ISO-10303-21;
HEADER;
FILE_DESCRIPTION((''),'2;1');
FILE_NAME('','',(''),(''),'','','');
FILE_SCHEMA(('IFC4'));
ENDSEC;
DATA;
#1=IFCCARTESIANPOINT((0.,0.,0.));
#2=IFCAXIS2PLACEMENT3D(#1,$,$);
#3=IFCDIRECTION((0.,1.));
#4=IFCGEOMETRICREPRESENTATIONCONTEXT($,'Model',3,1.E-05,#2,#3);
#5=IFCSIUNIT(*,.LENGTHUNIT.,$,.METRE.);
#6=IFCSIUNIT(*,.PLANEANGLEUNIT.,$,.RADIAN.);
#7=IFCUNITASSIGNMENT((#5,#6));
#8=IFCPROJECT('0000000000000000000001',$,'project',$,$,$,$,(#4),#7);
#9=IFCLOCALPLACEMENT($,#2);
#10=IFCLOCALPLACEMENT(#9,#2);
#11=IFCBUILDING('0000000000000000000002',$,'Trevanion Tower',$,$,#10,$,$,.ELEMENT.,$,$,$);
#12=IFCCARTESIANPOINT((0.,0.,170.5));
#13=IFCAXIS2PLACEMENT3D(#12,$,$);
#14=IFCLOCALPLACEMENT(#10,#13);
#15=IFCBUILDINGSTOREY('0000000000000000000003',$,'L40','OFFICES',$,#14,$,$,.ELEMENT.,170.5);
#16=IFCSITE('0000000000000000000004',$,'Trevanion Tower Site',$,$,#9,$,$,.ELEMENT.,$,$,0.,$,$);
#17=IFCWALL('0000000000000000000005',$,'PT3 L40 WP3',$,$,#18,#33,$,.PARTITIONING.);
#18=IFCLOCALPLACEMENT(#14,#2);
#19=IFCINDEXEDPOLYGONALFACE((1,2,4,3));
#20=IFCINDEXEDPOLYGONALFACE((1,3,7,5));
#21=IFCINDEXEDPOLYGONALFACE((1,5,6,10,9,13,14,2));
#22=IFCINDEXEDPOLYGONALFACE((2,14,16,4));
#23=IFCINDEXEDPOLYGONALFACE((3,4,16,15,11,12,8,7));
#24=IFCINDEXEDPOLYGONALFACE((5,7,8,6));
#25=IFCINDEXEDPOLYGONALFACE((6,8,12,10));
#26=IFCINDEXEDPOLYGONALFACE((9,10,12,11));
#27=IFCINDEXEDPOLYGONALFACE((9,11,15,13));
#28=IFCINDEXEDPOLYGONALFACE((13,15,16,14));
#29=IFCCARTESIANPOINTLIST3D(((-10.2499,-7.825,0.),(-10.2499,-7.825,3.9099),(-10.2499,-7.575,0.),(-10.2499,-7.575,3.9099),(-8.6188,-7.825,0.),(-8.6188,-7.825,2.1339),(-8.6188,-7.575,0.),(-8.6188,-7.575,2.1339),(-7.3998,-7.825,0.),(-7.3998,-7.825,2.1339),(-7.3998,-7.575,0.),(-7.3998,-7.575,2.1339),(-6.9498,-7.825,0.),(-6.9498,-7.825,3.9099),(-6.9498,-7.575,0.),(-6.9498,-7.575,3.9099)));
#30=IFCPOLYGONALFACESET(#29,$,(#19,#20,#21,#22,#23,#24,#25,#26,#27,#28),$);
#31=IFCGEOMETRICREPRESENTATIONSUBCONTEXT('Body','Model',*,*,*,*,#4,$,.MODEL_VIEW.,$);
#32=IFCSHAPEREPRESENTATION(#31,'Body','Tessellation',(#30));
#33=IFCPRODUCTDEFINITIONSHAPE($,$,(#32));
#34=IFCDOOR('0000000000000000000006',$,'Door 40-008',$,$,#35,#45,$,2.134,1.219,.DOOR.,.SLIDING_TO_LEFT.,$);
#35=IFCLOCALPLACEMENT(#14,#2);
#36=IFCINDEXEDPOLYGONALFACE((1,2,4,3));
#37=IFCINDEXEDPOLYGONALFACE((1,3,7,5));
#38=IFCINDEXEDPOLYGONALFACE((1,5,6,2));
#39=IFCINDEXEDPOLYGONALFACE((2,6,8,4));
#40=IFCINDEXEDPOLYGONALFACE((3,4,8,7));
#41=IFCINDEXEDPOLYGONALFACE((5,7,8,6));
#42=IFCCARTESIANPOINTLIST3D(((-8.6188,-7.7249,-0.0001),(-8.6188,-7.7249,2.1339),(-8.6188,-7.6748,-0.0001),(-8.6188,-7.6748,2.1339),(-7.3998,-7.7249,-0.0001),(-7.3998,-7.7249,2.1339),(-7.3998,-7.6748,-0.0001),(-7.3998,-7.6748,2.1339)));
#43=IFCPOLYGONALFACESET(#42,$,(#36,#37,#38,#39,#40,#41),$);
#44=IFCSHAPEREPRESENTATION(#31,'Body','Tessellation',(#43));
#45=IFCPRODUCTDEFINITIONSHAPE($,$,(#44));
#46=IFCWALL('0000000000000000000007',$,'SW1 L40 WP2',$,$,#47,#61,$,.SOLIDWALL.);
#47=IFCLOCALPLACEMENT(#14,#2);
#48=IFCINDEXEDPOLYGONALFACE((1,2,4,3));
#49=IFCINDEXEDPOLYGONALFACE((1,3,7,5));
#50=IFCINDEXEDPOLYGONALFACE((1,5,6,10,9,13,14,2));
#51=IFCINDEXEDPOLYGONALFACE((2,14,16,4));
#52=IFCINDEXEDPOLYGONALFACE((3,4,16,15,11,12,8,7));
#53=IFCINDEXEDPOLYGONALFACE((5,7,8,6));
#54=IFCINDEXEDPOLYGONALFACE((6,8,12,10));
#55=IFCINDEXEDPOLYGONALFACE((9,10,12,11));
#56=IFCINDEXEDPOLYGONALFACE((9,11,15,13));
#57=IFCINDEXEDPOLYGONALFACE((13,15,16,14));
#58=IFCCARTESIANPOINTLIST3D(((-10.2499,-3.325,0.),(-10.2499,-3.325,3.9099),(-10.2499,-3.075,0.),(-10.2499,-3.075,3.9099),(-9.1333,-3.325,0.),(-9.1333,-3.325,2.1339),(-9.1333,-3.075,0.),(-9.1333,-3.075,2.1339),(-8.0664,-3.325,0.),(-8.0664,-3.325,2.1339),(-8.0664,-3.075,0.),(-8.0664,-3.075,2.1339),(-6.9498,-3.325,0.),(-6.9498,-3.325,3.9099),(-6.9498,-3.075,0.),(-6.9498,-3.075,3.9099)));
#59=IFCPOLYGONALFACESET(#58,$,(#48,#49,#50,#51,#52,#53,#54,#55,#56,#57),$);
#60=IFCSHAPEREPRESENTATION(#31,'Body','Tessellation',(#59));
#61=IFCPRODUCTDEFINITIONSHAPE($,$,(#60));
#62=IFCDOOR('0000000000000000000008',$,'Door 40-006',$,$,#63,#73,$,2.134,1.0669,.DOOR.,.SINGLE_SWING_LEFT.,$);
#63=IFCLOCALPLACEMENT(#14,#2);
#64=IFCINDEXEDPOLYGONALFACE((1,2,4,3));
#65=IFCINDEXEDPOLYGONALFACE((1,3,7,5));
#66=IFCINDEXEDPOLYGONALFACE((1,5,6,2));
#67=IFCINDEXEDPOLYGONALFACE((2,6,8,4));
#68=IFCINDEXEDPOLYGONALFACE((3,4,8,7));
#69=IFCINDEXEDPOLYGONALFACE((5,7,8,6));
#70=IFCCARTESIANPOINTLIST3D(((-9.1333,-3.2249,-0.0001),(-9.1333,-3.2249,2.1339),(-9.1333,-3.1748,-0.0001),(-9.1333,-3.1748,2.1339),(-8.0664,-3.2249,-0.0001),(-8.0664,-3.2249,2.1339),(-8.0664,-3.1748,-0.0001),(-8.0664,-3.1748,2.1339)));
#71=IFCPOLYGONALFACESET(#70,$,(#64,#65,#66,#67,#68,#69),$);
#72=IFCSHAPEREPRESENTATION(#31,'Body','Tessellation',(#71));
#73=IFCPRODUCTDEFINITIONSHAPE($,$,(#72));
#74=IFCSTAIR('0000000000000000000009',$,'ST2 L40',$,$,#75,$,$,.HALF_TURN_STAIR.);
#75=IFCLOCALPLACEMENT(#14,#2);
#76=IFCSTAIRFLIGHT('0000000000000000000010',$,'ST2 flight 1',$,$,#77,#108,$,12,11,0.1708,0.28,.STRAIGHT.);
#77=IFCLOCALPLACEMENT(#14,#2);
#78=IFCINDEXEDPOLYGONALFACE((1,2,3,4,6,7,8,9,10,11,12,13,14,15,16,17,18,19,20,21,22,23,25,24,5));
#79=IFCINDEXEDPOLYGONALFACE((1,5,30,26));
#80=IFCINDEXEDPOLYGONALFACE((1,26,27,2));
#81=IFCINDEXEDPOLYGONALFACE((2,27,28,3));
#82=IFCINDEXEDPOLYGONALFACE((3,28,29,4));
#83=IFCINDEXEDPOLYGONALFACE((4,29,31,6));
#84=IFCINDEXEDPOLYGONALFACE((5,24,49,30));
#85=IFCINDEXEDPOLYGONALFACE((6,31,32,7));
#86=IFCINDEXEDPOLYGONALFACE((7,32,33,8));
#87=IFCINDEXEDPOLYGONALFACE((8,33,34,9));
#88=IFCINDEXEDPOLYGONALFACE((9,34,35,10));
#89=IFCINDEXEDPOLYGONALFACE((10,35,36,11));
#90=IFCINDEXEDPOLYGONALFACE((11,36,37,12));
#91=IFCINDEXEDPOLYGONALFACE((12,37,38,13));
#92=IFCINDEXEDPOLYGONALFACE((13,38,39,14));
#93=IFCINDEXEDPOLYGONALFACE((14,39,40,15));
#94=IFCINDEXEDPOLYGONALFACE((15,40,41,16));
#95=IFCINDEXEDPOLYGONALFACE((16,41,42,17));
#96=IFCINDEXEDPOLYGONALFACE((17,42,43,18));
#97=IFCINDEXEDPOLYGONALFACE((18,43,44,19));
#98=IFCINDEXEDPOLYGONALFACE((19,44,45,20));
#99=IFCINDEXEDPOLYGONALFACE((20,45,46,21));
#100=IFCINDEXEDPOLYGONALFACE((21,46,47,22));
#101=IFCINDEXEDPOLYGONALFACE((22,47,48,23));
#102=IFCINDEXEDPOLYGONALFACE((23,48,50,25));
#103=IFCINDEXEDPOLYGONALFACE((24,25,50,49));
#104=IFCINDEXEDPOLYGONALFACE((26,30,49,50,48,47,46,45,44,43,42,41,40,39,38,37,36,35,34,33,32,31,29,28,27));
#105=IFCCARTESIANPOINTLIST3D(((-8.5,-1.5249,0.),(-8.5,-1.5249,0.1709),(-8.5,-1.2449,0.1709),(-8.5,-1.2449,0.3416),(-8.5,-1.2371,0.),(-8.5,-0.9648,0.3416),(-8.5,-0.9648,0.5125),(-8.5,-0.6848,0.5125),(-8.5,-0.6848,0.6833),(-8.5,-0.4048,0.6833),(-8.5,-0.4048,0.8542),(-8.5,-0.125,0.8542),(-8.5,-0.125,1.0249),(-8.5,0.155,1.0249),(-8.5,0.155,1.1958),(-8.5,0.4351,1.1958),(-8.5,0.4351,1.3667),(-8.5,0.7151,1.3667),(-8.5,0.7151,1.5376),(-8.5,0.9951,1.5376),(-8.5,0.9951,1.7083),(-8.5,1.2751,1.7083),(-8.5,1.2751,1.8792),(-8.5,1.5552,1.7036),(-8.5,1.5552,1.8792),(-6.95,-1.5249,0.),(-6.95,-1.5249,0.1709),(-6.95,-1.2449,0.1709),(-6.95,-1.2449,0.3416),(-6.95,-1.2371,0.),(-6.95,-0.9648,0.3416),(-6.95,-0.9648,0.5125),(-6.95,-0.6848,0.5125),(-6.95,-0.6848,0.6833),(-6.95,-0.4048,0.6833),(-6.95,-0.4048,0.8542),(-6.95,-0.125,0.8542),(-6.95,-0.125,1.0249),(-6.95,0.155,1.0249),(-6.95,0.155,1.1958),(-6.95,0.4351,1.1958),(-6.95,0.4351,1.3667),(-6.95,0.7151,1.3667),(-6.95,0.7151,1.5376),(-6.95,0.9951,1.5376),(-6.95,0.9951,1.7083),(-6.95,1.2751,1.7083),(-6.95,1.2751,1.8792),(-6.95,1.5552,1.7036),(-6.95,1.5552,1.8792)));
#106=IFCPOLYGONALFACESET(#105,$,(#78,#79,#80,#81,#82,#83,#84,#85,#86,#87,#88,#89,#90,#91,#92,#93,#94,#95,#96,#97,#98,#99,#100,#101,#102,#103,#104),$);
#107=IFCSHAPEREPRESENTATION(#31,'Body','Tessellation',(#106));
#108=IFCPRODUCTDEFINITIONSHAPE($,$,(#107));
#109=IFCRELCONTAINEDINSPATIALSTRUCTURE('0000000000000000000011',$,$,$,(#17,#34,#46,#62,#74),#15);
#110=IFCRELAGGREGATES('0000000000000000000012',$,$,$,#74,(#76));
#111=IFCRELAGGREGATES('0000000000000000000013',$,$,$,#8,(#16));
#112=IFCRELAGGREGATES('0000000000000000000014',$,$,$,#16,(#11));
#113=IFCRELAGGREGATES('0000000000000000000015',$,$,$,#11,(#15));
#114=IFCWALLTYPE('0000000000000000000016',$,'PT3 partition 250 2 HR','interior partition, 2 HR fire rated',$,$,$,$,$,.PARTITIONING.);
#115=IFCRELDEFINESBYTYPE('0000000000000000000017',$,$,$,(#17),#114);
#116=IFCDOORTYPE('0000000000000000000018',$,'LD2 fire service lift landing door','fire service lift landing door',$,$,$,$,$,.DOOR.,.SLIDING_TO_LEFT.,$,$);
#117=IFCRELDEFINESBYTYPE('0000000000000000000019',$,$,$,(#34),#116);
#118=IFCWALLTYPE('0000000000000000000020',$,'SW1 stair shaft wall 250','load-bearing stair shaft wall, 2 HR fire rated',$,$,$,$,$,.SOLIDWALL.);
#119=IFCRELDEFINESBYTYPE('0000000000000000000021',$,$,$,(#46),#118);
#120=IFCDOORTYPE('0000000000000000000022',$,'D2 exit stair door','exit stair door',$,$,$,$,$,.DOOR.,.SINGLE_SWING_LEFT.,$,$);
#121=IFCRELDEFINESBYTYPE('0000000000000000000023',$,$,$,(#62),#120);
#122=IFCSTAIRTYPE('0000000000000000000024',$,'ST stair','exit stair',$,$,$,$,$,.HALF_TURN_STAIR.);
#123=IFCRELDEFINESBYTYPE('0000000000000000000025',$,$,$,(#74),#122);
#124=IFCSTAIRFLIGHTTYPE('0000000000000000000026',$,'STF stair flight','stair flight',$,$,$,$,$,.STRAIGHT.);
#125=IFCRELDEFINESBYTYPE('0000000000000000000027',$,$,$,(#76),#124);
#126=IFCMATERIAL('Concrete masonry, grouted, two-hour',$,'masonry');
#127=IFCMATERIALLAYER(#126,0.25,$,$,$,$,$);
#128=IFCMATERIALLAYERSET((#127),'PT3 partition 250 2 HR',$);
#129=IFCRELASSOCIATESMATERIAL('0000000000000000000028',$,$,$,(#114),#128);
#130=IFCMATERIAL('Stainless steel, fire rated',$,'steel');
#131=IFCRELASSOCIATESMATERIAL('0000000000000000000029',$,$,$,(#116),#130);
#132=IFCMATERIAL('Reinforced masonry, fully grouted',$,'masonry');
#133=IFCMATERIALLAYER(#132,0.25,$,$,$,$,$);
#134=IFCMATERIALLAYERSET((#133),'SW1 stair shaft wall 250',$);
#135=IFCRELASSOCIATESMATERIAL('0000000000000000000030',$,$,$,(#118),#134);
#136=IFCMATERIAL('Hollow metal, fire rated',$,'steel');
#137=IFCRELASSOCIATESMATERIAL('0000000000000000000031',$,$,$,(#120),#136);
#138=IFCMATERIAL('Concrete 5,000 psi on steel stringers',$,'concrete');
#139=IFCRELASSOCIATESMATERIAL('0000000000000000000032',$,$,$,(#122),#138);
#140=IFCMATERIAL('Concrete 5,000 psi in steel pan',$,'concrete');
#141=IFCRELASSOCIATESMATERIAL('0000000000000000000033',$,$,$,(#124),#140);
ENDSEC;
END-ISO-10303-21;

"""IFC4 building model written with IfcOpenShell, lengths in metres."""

from ifc_helpers import new_model, si_unit, direction, frame, frame_2d, origin, place, context, subcontext, project, spatial, polyline, rectangle, outline, extrude, material, layer, layer_set, type_object, element, fill, aggregate, save


model = new_model("IFC4")

# Units and contexts
model_context = context("Model", 3, precision=1e-05, world=origin(), true_north=direction((0.0, 1.0)))
body_context = subcontext(model_context, "Body", "Model", "MODEL_VIEW")
ifc_project = project(units=[si_unit("LENGTHUNIT", "METRE"), si_unit("PLANEANGLEUNIT", "RADIAN")], contexts=[model_context])

# Site, building, storey
site_placement = place(None, origin())
site = spatial("IfcSite", under=ifc_project, at=site_placement, Name="Trevanion Tower Site", CompositionType="ELEMENT", RefElevation=0.0)
building_placement = place(site_placement, origin())
building = spatial("IfcBuilding", under=site, at=building_placement, Name="Trevanion Tower", CompositionType="ELEMENT")
storey_placement = place(building_placement, frame((0.0, 0.0, 170.5)))
storey = spatial("IfcBuildingStorey", under=building, at=storey_placement, Name="L40", Description="OFFICES", CompositionType="ELEMENT", Elevation=170.5)

# Walls, openings, doors
ifc_material_1 = material(Name="Concrete masonry, grouted, two-hour", Category="masonry")
ifc_layer_1 = layer(ifc_material_1, 0.25)
ifc_layer_set_1 = layer_set([ifc_layer_1], Name="PT3 partition 250 2 HR")
wall_type_1 = type_object("IfcWallType", Name="PT3 partition 250 2 HR", Description="interior partition, 2 HR fire rated", PredefinedType="PARTITIONING", material=ifc_layer_set_1)
wall_1_placement = place(storey_placement, frame((-6.95, -7.7, 0.0), z_axis=(0.0, 0.0, 1.0), x_axis=(-1.0, 0.0, 0.0)))
wall_1 = element("IfcWall", 1, at=wall_1_placement, inside=storey, type_object=wall_type_1, Name="PT3 L40 WP3", PredefinedType="PARTITIONING", context=body_context, shape_type="SweptSolid", body=[
    extrude(rectangle(XDim=3.3, YDim=0.25, at=frame_2d((1.6499, 0.0))), origin(), (0.0, 0.0, 1.0), 3.9099),
])
opening_1_placement = place(wall_1_placement, frame((0.45, 0.0, 0.0)))
opening_1 = element("IfcOpeningElement", 2, at=opening_1_placement, cuts=wall_1, PredefinedType="OPENING", context=body_context, shape_type="SweptSolid", body=[
    extrude(rectangle(XDim=1.219, YDim=2.134, at=frame_2d((0.6094, 1.0669))), frame((0.0, 0.135, 0.0), z_axis=(0.0, -1.0, 0.0), x_axis=(1.0, 0.0, 0.0)), (0.0, 0.0, 1.0), 0.27),
])
ifc_material_2 = material(Name="Stainless steel, fire rated", Category="steel")
door_type_1 = type_object("IfcDoorType", Name="LD2 fire service lift landing door", Description="fire service lift landing door", OperationType="SLIDING_TO_LEFT", PredefinedType="DOOR", material=ifc_material_2)
door_1_placement = place(opening_1_placement, origin())
door_1 = element("IfcDoor", 3, at=door_1_placement, inside=storey, type_object=door_type_1, Name="Door 40-008", OperationType="SLIDING_TO_LEFT", OverallHeight=2.134, OverallWidth=1.219, PredefinedType="DOOR", context=body_context, shape_type="SweptSolid", body=[
    extrude(rectangle(XDim=1.219, YDim=2.134, at=frame_2d((0.6094, 1.0669))), frame((0.0, 0.0249, 0.0), z_axis=(0.0, -1.0, 0.0), x_axis=(1.0, 0.0, 0.0)), (0.0, 0.0, 1.0), 0.05),
])
fill(opening_1, door_1)
ifc_material_3 = material(Name="Reinforced masonry, fully grouted", Category="masonry")
ifc_layer_2 = layer(ifc_material_3, 0.25)
ifc_layer_set_2 = layer_set([ifc_layer_2], Name="SW1 stair shaft wall 250")
wall_type_2 = type_object("IfcWallType", Name="SW1 stair shaft wall 250", Description="load-bearing stair shaft wall, 2 HR fire rated", PredefinedType="SOLIDWALL", material=ifc_layer_set_2)
wall_2_placement = place(storey_placement, frame((-6.95, -3.2, 0.0), z_axis=(0.0, 0.0, 1.0), x_axis=(-1.0, 0.0, 0.0)))
wall_2 = element("IfcWall", 4, at=wall_2_placement, inside=storey, type_object=wall_type_2, Name="SW1 L40 WP2", PredefinedType="SOLIDWALL", context=body_context, shape_type="SweptSolid", body=[
    extrude(rectangle(XDim=3.3, YDim=0.25, at=frame_2d((1.6499, 0.0))), origin(), (0.0, 0.0, 1.0), 3.9099),
])
opening_2_placement = place(wall_2_placement, frame((1.1165, 0.0, 0.0)))
opening_2 = element("IfcOpeningElement", 5, at=opening_2_placement, cuts=wall_2, PredefinedType="OPENING", context=body_context, shape_type="SweptSolid", body=[
    extrude(rectangle(XDim=1.0669, YDim=2.134, at=frame_2d((0.5334, 1.0669))), frame((0.0, 0.135, 0.0), z_axis=(0.0, -1.0, 0.0), x_axis=(1.0, 0.0, 0.0)), (0.0, 0.0, 1.0), 0.27),
])
ifc_material_4 = material(Name="Hollow metal, fire rated", Category="steel")
door_type_2 = type_object("IfcDoorType", Name="D2 exit stair door", Description="exit stair door", OperationType="SINGLE_SWING_LEFT", PredefinedType="DOOR", material=ifc_material_4)
door_2_placement = place(opening_2_placement, origin())
door_2 = element("IfcDoor", 6, at=door_2_placement, inside=storey, type_object=door_type_2, Name="Door 40-006", OperationType="SINGLE_SWING_LEFT", OverallHeight=2.134, OverallWidth=1.0669, PredefinedType="DOOR", context=body_context, shape_type="SweptSolid", body=[
    extrude(rectangle(XDim=1.0669, YDim=2.134, at=frame_2d((0.5334, 1.0669))), frame((0.0, 0.0249, 0.0), z_axis=(0.0, -1.0, 0.0), x_axis=(1.0, 0.0, 0.0)), (0.0, 0.0, 1.0), 0.05),
])
fill(opening_2, door_2)

# Stair, stair flight
ifc_material_5 = material(Name="Concrete 5,000 psi on steel stringers", Category="concrete")
stair_type = type_object("IfcStairType", Name="ST stair", Description="exit stair", PredefinedType="HALF_TURN_STAIR", material=ifc_material_5)
stair_placement = place(storey_placement, origin())
stair = element("IfcStair", 7, at=stair_placement, inside=storey, type_object=stair_type, Name="ST2 L40", PredefinedType="HALF_TURN_STAIR")
ifc_material_6 = material(Name="Concrete 5,000 psi in steel pan", Category="concrete")
stair_flight_type = type_object("IfcStairFlightType", Name="STF stair flight", Description="stair flight", PredefinedType="STRAIGHT", material=ifc_material_6)
stair_flight_placement = place(storey_placement, frame((-7.7251, -1.5249, 0.0), z_axis=(0.0, 0.0, 1.0), x_axis=(0.0, 1.0, 0.0)))
stair_flight = element("IfcStairFlight", 8, at=stair_flight_placement, type_object=stair_flight_type, Name="ST2 flight 1", NumberOfRisers=12, NumberOfTreads=11, PredefinedType="STRAIGHT", RiserHeight=0.1708, TreadLength=0.28, context=body_context, shape_type="SweptSolid", body=[
    extrude(outline(polyline([(0.0, 0.0), (0.0, 0.1709), (0.28, 0.1709), (0.28, 0.3416), (0.5601, 0.3416), (0.5601, 0.5125), (0.8401, 0.5125), (0.8401, 0.6833), (1.1201, 0.6833), (1.1201, 0.8542), (1.3999, 0.8542), (1.3999, 1.0249), (1.6799, 1.0249), (1.6799, 1.1958), (1.96, 1.1958), (1.96, 1.3667), (2.24, 1.3667), (2.24, 1.5376), (2.52, 1.5376), (2.52, 1.7083), (2.8, 1.7083), (2.8, 1.8792), (3.0801, 1.8792), (3.0801, 2.05), (3.0801, 1.7036), (0.2878, 0.0), (0.0, 0.0)])), frame((0.0, 0.7749, 0.0), z_axis=(0.0, -1.0, 0.0), x_axis=(1.0, 0.0, 0.0)), (0.0, 0.0, 1.0), 1.55),
])
aggregate(stair, [stair_flight])

save(model, "model.ifc")
